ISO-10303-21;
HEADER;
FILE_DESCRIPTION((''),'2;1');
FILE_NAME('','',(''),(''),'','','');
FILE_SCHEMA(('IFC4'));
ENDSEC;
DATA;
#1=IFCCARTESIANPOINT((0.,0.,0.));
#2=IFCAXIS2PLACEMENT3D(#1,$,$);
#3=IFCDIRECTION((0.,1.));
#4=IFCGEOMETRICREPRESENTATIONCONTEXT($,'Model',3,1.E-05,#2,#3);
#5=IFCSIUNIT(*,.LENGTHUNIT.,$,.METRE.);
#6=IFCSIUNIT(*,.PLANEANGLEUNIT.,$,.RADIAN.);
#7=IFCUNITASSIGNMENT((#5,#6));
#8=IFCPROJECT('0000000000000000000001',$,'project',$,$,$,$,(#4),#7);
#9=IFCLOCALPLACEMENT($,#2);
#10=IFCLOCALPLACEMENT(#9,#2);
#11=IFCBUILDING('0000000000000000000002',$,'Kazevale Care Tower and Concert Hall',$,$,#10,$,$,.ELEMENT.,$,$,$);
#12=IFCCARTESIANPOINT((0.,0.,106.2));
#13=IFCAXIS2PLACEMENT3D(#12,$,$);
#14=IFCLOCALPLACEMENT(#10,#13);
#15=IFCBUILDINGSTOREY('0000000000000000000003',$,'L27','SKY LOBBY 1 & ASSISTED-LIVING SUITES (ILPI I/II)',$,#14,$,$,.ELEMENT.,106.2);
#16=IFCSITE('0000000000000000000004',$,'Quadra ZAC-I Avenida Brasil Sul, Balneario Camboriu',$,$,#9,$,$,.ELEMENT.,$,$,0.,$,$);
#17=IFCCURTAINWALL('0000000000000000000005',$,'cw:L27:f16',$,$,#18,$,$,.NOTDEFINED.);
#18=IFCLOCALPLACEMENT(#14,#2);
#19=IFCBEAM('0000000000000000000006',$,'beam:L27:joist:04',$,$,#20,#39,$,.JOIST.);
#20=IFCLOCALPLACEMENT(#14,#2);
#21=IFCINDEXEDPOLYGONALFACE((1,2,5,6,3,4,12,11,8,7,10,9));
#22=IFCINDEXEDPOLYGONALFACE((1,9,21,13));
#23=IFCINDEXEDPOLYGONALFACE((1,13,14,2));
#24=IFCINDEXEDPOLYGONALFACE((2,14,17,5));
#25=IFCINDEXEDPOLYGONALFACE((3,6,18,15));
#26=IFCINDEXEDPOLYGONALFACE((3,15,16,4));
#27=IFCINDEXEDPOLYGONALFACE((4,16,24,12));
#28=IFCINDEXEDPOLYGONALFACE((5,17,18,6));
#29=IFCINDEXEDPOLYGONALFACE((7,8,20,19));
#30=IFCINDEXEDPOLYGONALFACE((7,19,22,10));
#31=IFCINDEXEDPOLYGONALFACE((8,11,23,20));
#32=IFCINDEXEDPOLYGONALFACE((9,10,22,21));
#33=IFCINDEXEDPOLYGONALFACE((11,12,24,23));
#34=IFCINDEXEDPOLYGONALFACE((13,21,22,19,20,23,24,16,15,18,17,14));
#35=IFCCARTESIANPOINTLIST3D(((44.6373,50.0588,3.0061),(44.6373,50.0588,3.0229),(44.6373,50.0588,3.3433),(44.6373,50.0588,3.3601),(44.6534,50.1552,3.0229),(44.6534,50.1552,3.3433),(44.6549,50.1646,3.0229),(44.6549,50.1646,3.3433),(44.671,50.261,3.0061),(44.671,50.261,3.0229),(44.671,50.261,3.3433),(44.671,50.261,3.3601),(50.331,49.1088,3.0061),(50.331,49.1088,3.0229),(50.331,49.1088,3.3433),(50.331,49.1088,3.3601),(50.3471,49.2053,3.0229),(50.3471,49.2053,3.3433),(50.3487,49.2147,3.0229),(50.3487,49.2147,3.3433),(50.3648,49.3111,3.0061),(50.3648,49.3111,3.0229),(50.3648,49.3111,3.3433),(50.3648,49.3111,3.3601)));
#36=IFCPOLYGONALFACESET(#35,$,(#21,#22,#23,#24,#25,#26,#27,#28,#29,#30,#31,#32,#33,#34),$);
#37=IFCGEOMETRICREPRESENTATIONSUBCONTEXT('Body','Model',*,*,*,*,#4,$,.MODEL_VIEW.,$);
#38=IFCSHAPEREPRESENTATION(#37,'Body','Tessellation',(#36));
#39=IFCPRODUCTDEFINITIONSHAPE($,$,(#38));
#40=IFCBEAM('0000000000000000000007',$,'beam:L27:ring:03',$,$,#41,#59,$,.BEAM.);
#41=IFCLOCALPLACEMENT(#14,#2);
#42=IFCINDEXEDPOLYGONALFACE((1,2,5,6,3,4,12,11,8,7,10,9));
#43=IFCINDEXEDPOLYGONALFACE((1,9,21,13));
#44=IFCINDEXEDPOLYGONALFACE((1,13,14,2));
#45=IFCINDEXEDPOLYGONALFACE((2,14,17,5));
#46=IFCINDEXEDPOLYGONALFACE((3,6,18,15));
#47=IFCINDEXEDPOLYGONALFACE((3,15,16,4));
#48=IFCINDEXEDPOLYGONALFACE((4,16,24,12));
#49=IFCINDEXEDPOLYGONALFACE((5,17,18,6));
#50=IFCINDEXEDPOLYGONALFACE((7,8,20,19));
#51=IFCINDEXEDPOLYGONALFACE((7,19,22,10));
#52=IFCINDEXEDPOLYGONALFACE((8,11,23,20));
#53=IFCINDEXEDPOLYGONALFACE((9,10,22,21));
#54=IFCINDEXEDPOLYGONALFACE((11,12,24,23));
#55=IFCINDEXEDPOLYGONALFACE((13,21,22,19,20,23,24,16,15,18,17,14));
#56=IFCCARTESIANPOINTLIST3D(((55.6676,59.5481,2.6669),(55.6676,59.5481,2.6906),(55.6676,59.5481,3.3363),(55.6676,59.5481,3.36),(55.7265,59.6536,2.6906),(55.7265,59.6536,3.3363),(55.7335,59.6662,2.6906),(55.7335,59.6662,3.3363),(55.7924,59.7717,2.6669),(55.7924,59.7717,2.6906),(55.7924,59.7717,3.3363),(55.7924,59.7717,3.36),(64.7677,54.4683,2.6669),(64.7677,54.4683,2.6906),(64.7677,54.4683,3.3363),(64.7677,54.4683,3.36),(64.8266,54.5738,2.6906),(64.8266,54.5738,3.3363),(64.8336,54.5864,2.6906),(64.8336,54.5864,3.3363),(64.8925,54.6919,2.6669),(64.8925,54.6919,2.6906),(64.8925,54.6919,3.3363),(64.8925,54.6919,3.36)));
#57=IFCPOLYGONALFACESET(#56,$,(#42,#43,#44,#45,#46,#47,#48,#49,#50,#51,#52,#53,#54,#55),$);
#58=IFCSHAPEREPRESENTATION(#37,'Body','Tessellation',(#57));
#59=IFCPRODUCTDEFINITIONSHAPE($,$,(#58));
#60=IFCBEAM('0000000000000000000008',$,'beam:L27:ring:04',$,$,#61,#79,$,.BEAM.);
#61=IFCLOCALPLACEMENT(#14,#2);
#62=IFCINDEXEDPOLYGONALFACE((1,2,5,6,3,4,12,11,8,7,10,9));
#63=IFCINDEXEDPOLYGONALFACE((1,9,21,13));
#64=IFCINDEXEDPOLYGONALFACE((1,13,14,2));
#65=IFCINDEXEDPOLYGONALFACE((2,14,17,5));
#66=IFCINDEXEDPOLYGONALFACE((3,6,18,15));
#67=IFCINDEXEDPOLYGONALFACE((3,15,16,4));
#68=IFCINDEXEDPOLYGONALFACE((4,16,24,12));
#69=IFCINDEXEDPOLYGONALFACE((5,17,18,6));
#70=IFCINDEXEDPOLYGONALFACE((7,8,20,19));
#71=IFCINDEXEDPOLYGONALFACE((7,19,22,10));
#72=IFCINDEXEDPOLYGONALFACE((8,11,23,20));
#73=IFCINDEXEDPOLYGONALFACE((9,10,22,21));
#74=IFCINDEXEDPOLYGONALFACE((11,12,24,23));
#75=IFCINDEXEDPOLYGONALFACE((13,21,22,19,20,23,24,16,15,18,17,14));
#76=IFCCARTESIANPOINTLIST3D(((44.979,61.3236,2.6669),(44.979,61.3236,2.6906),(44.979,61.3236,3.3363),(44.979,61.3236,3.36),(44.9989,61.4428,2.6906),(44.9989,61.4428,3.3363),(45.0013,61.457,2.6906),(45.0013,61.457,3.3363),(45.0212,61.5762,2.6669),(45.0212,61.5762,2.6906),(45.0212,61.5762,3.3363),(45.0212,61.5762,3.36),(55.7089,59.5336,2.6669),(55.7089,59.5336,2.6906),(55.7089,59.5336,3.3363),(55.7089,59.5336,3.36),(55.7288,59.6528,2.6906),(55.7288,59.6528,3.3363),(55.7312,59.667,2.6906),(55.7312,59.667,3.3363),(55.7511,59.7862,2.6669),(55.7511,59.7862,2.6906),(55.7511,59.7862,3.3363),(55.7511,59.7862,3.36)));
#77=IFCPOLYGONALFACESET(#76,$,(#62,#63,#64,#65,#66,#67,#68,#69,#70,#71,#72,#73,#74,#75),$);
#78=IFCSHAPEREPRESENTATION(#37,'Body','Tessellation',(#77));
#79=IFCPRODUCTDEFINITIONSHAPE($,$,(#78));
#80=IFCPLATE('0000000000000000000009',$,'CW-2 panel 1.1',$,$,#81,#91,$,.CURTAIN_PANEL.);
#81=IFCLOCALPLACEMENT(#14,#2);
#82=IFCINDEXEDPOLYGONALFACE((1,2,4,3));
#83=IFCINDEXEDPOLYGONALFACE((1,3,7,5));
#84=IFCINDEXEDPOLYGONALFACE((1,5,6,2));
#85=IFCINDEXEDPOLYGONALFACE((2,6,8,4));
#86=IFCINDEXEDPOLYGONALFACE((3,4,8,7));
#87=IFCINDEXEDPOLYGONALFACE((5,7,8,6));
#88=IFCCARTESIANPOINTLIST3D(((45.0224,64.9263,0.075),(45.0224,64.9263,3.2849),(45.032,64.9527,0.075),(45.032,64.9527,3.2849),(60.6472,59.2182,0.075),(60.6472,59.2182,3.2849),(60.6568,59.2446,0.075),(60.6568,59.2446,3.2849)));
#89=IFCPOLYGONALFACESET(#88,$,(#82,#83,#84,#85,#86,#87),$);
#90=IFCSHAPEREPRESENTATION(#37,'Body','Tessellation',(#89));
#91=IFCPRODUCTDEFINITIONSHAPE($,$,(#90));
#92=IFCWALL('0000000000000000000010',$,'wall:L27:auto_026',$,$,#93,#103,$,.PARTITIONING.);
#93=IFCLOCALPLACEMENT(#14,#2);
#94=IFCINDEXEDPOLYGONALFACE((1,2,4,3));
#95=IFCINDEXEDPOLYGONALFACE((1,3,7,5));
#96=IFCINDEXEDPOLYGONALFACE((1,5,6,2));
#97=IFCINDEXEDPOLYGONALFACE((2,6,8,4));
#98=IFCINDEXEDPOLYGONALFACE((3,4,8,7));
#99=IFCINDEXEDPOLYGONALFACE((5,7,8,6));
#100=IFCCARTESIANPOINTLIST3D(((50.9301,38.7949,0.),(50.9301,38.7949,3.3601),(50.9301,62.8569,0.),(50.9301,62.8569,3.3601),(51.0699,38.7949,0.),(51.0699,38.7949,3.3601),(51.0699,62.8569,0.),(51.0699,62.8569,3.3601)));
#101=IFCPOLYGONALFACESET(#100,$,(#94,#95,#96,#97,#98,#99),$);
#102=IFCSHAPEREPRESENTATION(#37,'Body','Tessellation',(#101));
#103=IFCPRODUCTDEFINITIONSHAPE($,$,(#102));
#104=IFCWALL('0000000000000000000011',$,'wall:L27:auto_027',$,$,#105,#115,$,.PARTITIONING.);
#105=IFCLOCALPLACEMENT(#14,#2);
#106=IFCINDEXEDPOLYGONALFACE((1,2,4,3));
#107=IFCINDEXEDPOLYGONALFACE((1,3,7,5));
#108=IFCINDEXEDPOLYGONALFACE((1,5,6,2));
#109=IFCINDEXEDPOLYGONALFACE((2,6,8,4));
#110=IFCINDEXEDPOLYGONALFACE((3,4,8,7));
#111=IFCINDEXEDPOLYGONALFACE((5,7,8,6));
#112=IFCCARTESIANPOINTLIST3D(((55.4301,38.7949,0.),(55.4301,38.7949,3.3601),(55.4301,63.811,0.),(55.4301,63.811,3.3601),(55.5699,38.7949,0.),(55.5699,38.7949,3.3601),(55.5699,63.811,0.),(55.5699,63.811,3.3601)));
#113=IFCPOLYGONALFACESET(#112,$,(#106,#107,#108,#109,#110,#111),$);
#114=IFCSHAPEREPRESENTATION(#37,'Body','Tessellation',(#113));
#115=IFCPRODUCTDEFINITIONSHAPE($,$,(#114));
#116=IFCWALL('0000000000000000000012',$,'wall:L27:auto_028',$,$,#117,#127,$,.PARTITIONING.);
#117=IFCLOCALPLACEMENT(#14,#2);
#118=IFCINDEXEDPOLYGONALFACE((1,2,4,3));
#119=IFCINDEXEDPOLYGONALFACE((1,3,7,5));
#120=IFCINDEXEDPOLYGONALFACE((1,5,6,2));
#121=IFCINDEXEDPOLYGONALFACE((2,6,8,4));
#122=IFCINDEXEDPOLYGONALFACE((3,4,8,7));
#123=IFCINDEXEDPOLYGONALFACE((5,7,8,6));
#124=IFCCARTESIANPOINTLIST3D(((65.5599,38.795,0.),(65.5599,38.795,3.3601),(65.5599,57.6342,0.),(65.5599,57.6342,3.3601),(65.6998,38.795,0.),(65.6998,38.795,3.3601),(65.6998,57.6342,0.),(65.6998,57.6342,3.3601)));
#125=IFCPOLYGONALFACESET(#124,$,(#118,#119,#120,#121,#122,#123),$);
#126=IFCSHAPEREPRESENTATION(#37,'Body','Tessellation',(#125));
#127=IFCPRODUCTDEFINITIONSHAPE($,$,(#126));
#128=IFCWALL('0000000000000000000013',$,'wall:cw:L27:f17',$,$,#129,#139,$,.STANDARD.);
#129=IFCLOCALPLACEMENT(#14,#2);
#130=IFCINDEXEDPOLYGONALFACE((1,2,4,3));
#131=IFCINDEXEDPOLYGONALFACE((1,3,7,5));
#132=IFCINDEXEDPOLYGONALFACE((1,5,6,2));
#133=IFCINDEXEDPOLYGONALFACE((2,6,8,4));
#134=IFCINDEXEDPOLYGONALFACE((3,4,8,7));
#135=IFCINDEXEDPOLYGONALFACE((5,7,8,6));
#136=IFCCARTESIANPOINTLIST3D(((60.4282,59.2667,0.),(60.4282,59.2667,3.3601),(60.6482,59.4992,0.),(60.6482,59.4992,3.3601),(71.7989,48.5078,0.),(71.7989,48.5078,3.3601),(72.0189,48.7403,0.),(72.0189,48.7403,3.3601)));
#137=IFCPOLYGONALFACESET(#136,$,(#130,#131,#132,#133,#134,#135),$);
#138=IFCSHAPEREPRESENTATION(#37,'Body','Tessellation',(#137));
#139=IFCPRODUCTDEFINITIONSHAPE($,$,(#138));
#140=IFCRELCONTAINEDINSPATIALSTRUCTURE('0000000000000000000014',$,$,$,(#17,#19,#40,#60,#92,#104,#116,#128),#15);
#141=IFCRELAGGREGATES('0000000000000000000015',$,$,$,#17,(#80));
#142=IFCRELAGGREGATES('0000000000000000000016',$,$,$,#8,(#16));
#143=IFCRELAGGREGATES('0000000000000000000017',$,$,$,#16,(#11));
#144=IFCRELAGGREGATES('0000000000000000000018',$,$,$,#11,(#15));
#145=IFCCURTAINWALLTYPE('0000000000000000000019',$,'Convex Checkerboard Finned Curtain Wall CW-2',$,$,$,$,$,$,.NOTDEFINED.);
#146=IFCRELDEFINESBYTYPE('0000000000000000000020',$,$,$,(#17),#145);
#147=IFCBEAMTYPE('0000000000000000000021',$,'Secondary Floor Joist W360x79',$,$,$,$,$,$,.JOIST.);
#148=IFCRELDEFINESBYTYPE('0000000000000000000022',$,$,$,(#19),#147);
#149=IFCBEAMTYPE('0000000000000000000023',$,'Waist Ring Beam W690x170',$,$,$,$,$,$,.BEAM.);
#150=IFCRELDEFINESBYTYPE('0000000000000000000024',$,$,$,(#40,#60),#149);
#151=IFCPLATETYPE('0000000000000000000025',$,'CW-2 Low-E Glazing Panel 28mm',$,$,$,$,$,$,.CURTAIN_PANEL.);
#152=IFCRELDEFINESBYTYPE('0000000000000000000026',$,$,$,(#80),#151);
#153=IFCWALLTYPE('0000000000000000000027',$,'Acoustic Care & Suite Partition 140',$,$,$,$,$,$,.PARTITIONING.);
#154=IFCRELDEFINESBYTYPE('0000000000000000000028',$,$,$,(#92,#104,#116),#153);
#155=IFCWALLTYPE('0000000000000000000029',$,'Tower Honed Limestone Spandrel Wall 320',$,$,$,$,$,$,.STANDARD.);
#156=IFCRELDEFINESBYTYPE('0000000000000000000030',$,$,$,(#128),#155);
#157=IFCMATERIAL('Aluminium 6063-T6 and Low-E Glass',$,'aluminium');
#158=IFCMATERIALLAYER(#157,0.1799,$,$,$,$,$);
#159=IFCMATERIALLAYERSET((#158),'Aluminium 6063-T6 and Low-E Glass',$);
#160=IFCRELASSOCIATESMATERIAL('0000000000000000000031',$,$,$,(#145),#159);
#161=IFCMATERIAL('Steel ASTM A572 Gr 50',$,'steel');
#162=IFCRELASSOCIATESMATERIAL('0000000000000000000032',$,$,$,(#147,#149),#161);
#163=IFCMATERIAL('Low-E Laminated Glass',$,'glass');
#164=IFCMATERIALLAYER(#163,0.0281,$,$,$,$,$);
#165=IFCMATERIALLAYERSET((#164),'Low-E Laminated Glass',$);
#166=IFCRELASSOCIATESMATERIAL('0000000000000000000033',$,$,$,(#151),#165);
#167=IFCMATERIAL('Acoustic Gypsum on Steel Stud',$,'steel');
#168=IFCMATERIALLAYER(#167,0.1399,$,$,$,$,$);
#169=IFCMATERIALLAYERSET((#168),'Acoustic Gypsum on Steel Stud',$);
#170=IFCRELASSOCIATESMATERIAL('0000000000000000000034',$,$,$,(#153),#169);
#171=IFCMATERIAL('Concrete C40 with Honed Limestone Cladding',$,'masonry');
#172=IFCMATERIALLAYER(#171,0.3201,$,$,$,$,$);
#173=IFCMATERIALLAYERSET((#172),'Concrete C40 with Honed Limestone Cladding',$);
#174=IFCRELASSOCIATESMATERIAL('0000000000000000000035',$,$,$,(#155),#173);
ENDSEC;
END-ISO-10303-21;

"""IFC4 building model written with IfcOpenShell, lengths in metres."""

from ifc_helpers import new_model, si_unit, direction, frame, frame_2d, origin, origin_2d, place, context, subcontext, project, spatial, rectangle, i_section, extrude, material, layer, layer_set, material_profile, profile_set, type_object, element, aggregate, save


model = new_model("IFC4")

# Units and contexts
model_context = context("Model", 3, precision=1e-05, world=origin(), true_north=direction((0.0, 1.0)))
body_context = subcontext(model_context, "Body", "Model", "MODEL_VIEW")
ifc_project = project(units=[si_unit("LENGTHUNIT", "METRE"), si_unit("PLANEANGLEUNIT", "RADIAN")], contexts=[model_context])

# Site, building, storey
site_placement = place(None, origin())
site = spatial("IfcSite", under=ifc_project, at=site_placement, Name="Quadra ZAC-I Avenida Brasil Sul, Balneario Camboriu", CompositionType="ELEMENT", RefElevation=0.0)
building_placement = place(site_placement, origin())
building = spatial("IfcBuilding", under=site, at=building_placement, Name="Kazevale Care Tower and Concert Hall", CompositionType="ELEMENT")
storey_placement = place(building_placement, frame((0.0, 0.0, 106.2)))
storey = spatial("IfcBuildingStorey", under=building, at=storey_placement, Name="L27", Description="SKY LOBBY 1 & ASSISTED-LIVING SUITES (ILPI I/II)", CompositionType="ELEMENT", Elevation=106.2)

# Curtain wall
ifc_material_1 = material(Name="Aluminium 6063-T6 and Low-E Glass", Category="aluminium")
ifc_layer_1 = layer(ifc_material_1, 0.1799)
ifc_layer_set_1 = layer_set([ifc_layer_1], Name="Aluminium 6063-T6 and Low-E Glass")
curtain_wall_type_1 = type_object("IfcCurtainWallType", Name="Convex Checkerboard Finned Curtain Wall CW-2", PredefinedType="NOTDEFINED", material=ifc_layer_set_1)
curtain_wall_1_placement = place(storey_placement, origin())
curtain_wall_1 = element("IfcCurtainWall", 1, at=curtain_wall_1_placement, inside=storey, type_object=curtain_wall_type_1, Name="cw:L27:f16", PredefinedType="NOTDEFINED")

# Beams
ifc_material_2 = material(Name="Steel ASTM A572 Gr 50", Category="steel")
ifc_material_profile_1 = material_profile(ifc_material_2, i_section(OverallWidth=0.2051, OverallDepth=0.354, WebThickness=0.0095, FlangeThickness=0.0168, at=origin_2d()), Name="W360x79")
ifc_profile_set_1 = profile_set([ifc_material_profile_1], Name="Steel ASTM A572 Gr 50")
beam_type_1 = type_object("IfcBeamType", Name="Secondary Floor Joist W360x79", PredefinedType="JOIST", material=ifc_profile_set_1)
beam_1_placement = place(storey_placement, frame((50.3479, 49.21, 3.1831), z_axis=(-0.986366, 0.164564, 0.0), x_axis=(-0.164564, -0.986366, 0.0)))
element("IfcBeam", 2, at=beam_1_placement, inside=storey, type_object=beam_type_1, Name="beam:L27:joist:04", PredefinedType="JOIST", context=body_context, shape_type="SweptSolid", body=[
    extrude(i_section(OverallWidth=0.2051, OverallDepth=0.354, WebThickness=0.0095, FlangeThickness=0.0168, at=origin_2d()), origin(), (0.0, 0.0, 1.0), 5.7725),
])
ifc_material_profile_2 = material_profile(ifc_material_2, i_section(OverallWidth=0.2561, OverallDepth=0.6931, WebThickness=0.0144, FlangeThickness=0.0237, at=origin_2d()), Name="W690x170")
ifc_profile_set_2 = profile_set([ifc_material_profile_2], Name="Steel ASTM A572 Gr 50")
beam_type_2 = type_object("IfcBeamType", Name="Waist Ring Beam W690x170", PredefinedType="BEAM", material=ifc_profile_set_2)
beam_2_placement = place(storey_placement, frame((64.8301, 54.5801, 3.0134), z_axis=(-0.873169, 0.487418, 0.0), x_axis=(-0.487418, -0.873169, 0.0)))
element("IfcBeam", 3, at=beam_2_placement, inside=storey, type_object=beam_type_2, Name="beam:L27:ring:03", PredefinedType="BEAM", context=body_context, shape_type="SweptSolid", body=[
    extrude(i_section(OverallWidth=0.2561, OverallDepth=0.6931, WebThickness=0.0144, FlangeThickness=0.0237, at=origin_2d()), origin(), (0.0, 0.0, 1.0), 10.4219),
])
beam_3_placement = place(storey_placement, frame((55.73, 59.6599, 3.0134), z_axis=(-0.986368, 0.164552, 0.0), x_axis=(-0.164552, -0.986368, 0.0)))
element("IfcBeam", 4, at=beam_3_placement, inside=storey, type_object=beam_type_2, Name="beam:L27:ring:04", PredefinedType="BEAM", context=body_context, shape_type="SweptSolid", body=[
    extrude(i_section(OverallWidth=0.2561, OverallDepth=0.6931, WebThickness=0.0144, FlangeThickness=0.0237, at=origin_2d()), origin(), (0.0, 0.0, 1.0), 10.8782),
])

# Plate
ifc_material_3 = material(Name="Low-E Laminated Glass", Category="glass")
ifc_layer_2 = layer(ifc_material_3, 0.0281)
ifc_layer_set_2 = layer_set([ifc_layer_2], Name="Low-E Laminated Glass")
plate_type = type_object("IfcPlateType", Name="CW-2 Low-E Glazing Panel 28mm", PredefinedType="CURTAIN_PANEL", material=ifc_layer_set_2)
plate_placement = place(storey_placement, frame((52.8396, 62.0854, 0.075), z_axis=(0.0, 0.0, 1.0), x_axis=(0.939283, -0.343143, 0.0)))
plate = element("IfcPlate", 5, at=plate_placement, type_object=plate_type, Name="CW-2 panel 1.1", PredefinedType="CURTAIN_PANEL", context=body_context, shape_type="SweptSolid", body=[
    extrude(rectangle(XDim=16.6348, YDim=0.0281, at=origin_2d()), origin(), (0.0, 0.0, 1.0), 3.21),
])
aggregate(curtain_wall_1, [plate])

# Walls
ifc_material_4 = material(Name="Acoustic Gypsum on Steel Stud", Category="steel")
ifc_layer_3 = layer(ifc_material_4, 0.1399)
ifc_layer_set_3 = layer_set([ifc_layer_3], Name="Acoustic Gypsum on Steel Stud")
wall_type_1 = type_object("IfcWallType", Name="Acoustic Care & Suite Partition 140", PredefinedType="PARTITIONING", material=ifc_layer_set_3)
wall_1_placement = place(storey_placement, frame((51.0, 62.8569, 0.0), z_axis=(0.0, 0.0, 1.0), x_axis=(0.0, -1.0, 0.0)))
element("IfcWall", 6, at=wall_1_placement, inside=storey, type_object=wall_type_1, Name="wall:L27:auto_026", PredefinedType="PARTITIONING", context=body_context, shape_type="SweptSolid", body=[
    extrude(rectangle(XDim=24.062, YDim=0.1399, at=frame_2d((12.031, 0.0))), origin(), (0.0, 0.0, 1.0), 3.3601),
])
wall_2_placement = place(storey_placement, frame((55.5, 63.811, 0.0), z_axis=(0.0, 0.0, 1.0), x_axis=(0.0, -1.0, 0.0)))
element("IfcWall", 7, at=wall_2_placement, inside=storey, type_object=wall_type_1, Name="wall:L27:auto_027", PredefinedType="PARTITIONING", context=body_context, shape_type="SweptSolid", body=[
    extrude(rectangle(XDim=25.0161, YDim=0.1399, at=frame_2d((12.5081, 0.0))), origin(), (0.0, 0.0, 1.0), 3.3601),
])
wall_3_placement = place(storey_placement, frame((65.6299, 57.634, 0.0), z_axis=(0.0, 0.0, 1.0), x_axis=(0.0, -1.0, 0.0)))
element("IfcWall", 8, at=wall_3_placement, inside=storey, type_object=wall_type_1, Name="wall:L27:auto_028", PredefinedType="PARTITIONING", context=body_context, shape_type="SweptSolid", body=[
    extrude(rectangle(XDim=18.8391, YDim=0.1399, at=frame_2d((9.4194, 0.0))), origin(), (0.0, 0.0, 1.0), 3.3601),
])
ifc_material_5 = material(Name="Concrete C40 with Honed Limestone Cladding", Category="masonry")
ifc_layer_4 = layer(ifc_material_5, 0.3201)
ifc_layer_set_4 = layer_set([ifc_layer_4], Name="Concrete C40 with Honed Limestone Cladding")
wall_type_2 = type_object("IfcWallType", Name="Tower Honed Limestone Spandrel Wall 320", PredefinedType="STANDARD", material=ifc_layer_set_4)
wall_4_placement = place(storey_placement, frame((60.5381, 59.3831, 0.0), z_axis=(0.0, 0.0, 1.0), x_axis=(0.726378, -0.687295, 0.0)))
element("IfcWall", 9, at=wall_4_placement, inside=storey, type_object=wall_type_2, Name="wall:cw:L27:f17", PredefinedType="STANDARD", context=body_context, shape_type="SweptSolid", body=[
    extrude(rectangle(XDim=15.6541, YDim=0.3201, at=frame_2d((7.8271, 0.0))), origin(), (0.0, 0.0, 1.0), 3.3601),
])

save(model, "model.ifc")
